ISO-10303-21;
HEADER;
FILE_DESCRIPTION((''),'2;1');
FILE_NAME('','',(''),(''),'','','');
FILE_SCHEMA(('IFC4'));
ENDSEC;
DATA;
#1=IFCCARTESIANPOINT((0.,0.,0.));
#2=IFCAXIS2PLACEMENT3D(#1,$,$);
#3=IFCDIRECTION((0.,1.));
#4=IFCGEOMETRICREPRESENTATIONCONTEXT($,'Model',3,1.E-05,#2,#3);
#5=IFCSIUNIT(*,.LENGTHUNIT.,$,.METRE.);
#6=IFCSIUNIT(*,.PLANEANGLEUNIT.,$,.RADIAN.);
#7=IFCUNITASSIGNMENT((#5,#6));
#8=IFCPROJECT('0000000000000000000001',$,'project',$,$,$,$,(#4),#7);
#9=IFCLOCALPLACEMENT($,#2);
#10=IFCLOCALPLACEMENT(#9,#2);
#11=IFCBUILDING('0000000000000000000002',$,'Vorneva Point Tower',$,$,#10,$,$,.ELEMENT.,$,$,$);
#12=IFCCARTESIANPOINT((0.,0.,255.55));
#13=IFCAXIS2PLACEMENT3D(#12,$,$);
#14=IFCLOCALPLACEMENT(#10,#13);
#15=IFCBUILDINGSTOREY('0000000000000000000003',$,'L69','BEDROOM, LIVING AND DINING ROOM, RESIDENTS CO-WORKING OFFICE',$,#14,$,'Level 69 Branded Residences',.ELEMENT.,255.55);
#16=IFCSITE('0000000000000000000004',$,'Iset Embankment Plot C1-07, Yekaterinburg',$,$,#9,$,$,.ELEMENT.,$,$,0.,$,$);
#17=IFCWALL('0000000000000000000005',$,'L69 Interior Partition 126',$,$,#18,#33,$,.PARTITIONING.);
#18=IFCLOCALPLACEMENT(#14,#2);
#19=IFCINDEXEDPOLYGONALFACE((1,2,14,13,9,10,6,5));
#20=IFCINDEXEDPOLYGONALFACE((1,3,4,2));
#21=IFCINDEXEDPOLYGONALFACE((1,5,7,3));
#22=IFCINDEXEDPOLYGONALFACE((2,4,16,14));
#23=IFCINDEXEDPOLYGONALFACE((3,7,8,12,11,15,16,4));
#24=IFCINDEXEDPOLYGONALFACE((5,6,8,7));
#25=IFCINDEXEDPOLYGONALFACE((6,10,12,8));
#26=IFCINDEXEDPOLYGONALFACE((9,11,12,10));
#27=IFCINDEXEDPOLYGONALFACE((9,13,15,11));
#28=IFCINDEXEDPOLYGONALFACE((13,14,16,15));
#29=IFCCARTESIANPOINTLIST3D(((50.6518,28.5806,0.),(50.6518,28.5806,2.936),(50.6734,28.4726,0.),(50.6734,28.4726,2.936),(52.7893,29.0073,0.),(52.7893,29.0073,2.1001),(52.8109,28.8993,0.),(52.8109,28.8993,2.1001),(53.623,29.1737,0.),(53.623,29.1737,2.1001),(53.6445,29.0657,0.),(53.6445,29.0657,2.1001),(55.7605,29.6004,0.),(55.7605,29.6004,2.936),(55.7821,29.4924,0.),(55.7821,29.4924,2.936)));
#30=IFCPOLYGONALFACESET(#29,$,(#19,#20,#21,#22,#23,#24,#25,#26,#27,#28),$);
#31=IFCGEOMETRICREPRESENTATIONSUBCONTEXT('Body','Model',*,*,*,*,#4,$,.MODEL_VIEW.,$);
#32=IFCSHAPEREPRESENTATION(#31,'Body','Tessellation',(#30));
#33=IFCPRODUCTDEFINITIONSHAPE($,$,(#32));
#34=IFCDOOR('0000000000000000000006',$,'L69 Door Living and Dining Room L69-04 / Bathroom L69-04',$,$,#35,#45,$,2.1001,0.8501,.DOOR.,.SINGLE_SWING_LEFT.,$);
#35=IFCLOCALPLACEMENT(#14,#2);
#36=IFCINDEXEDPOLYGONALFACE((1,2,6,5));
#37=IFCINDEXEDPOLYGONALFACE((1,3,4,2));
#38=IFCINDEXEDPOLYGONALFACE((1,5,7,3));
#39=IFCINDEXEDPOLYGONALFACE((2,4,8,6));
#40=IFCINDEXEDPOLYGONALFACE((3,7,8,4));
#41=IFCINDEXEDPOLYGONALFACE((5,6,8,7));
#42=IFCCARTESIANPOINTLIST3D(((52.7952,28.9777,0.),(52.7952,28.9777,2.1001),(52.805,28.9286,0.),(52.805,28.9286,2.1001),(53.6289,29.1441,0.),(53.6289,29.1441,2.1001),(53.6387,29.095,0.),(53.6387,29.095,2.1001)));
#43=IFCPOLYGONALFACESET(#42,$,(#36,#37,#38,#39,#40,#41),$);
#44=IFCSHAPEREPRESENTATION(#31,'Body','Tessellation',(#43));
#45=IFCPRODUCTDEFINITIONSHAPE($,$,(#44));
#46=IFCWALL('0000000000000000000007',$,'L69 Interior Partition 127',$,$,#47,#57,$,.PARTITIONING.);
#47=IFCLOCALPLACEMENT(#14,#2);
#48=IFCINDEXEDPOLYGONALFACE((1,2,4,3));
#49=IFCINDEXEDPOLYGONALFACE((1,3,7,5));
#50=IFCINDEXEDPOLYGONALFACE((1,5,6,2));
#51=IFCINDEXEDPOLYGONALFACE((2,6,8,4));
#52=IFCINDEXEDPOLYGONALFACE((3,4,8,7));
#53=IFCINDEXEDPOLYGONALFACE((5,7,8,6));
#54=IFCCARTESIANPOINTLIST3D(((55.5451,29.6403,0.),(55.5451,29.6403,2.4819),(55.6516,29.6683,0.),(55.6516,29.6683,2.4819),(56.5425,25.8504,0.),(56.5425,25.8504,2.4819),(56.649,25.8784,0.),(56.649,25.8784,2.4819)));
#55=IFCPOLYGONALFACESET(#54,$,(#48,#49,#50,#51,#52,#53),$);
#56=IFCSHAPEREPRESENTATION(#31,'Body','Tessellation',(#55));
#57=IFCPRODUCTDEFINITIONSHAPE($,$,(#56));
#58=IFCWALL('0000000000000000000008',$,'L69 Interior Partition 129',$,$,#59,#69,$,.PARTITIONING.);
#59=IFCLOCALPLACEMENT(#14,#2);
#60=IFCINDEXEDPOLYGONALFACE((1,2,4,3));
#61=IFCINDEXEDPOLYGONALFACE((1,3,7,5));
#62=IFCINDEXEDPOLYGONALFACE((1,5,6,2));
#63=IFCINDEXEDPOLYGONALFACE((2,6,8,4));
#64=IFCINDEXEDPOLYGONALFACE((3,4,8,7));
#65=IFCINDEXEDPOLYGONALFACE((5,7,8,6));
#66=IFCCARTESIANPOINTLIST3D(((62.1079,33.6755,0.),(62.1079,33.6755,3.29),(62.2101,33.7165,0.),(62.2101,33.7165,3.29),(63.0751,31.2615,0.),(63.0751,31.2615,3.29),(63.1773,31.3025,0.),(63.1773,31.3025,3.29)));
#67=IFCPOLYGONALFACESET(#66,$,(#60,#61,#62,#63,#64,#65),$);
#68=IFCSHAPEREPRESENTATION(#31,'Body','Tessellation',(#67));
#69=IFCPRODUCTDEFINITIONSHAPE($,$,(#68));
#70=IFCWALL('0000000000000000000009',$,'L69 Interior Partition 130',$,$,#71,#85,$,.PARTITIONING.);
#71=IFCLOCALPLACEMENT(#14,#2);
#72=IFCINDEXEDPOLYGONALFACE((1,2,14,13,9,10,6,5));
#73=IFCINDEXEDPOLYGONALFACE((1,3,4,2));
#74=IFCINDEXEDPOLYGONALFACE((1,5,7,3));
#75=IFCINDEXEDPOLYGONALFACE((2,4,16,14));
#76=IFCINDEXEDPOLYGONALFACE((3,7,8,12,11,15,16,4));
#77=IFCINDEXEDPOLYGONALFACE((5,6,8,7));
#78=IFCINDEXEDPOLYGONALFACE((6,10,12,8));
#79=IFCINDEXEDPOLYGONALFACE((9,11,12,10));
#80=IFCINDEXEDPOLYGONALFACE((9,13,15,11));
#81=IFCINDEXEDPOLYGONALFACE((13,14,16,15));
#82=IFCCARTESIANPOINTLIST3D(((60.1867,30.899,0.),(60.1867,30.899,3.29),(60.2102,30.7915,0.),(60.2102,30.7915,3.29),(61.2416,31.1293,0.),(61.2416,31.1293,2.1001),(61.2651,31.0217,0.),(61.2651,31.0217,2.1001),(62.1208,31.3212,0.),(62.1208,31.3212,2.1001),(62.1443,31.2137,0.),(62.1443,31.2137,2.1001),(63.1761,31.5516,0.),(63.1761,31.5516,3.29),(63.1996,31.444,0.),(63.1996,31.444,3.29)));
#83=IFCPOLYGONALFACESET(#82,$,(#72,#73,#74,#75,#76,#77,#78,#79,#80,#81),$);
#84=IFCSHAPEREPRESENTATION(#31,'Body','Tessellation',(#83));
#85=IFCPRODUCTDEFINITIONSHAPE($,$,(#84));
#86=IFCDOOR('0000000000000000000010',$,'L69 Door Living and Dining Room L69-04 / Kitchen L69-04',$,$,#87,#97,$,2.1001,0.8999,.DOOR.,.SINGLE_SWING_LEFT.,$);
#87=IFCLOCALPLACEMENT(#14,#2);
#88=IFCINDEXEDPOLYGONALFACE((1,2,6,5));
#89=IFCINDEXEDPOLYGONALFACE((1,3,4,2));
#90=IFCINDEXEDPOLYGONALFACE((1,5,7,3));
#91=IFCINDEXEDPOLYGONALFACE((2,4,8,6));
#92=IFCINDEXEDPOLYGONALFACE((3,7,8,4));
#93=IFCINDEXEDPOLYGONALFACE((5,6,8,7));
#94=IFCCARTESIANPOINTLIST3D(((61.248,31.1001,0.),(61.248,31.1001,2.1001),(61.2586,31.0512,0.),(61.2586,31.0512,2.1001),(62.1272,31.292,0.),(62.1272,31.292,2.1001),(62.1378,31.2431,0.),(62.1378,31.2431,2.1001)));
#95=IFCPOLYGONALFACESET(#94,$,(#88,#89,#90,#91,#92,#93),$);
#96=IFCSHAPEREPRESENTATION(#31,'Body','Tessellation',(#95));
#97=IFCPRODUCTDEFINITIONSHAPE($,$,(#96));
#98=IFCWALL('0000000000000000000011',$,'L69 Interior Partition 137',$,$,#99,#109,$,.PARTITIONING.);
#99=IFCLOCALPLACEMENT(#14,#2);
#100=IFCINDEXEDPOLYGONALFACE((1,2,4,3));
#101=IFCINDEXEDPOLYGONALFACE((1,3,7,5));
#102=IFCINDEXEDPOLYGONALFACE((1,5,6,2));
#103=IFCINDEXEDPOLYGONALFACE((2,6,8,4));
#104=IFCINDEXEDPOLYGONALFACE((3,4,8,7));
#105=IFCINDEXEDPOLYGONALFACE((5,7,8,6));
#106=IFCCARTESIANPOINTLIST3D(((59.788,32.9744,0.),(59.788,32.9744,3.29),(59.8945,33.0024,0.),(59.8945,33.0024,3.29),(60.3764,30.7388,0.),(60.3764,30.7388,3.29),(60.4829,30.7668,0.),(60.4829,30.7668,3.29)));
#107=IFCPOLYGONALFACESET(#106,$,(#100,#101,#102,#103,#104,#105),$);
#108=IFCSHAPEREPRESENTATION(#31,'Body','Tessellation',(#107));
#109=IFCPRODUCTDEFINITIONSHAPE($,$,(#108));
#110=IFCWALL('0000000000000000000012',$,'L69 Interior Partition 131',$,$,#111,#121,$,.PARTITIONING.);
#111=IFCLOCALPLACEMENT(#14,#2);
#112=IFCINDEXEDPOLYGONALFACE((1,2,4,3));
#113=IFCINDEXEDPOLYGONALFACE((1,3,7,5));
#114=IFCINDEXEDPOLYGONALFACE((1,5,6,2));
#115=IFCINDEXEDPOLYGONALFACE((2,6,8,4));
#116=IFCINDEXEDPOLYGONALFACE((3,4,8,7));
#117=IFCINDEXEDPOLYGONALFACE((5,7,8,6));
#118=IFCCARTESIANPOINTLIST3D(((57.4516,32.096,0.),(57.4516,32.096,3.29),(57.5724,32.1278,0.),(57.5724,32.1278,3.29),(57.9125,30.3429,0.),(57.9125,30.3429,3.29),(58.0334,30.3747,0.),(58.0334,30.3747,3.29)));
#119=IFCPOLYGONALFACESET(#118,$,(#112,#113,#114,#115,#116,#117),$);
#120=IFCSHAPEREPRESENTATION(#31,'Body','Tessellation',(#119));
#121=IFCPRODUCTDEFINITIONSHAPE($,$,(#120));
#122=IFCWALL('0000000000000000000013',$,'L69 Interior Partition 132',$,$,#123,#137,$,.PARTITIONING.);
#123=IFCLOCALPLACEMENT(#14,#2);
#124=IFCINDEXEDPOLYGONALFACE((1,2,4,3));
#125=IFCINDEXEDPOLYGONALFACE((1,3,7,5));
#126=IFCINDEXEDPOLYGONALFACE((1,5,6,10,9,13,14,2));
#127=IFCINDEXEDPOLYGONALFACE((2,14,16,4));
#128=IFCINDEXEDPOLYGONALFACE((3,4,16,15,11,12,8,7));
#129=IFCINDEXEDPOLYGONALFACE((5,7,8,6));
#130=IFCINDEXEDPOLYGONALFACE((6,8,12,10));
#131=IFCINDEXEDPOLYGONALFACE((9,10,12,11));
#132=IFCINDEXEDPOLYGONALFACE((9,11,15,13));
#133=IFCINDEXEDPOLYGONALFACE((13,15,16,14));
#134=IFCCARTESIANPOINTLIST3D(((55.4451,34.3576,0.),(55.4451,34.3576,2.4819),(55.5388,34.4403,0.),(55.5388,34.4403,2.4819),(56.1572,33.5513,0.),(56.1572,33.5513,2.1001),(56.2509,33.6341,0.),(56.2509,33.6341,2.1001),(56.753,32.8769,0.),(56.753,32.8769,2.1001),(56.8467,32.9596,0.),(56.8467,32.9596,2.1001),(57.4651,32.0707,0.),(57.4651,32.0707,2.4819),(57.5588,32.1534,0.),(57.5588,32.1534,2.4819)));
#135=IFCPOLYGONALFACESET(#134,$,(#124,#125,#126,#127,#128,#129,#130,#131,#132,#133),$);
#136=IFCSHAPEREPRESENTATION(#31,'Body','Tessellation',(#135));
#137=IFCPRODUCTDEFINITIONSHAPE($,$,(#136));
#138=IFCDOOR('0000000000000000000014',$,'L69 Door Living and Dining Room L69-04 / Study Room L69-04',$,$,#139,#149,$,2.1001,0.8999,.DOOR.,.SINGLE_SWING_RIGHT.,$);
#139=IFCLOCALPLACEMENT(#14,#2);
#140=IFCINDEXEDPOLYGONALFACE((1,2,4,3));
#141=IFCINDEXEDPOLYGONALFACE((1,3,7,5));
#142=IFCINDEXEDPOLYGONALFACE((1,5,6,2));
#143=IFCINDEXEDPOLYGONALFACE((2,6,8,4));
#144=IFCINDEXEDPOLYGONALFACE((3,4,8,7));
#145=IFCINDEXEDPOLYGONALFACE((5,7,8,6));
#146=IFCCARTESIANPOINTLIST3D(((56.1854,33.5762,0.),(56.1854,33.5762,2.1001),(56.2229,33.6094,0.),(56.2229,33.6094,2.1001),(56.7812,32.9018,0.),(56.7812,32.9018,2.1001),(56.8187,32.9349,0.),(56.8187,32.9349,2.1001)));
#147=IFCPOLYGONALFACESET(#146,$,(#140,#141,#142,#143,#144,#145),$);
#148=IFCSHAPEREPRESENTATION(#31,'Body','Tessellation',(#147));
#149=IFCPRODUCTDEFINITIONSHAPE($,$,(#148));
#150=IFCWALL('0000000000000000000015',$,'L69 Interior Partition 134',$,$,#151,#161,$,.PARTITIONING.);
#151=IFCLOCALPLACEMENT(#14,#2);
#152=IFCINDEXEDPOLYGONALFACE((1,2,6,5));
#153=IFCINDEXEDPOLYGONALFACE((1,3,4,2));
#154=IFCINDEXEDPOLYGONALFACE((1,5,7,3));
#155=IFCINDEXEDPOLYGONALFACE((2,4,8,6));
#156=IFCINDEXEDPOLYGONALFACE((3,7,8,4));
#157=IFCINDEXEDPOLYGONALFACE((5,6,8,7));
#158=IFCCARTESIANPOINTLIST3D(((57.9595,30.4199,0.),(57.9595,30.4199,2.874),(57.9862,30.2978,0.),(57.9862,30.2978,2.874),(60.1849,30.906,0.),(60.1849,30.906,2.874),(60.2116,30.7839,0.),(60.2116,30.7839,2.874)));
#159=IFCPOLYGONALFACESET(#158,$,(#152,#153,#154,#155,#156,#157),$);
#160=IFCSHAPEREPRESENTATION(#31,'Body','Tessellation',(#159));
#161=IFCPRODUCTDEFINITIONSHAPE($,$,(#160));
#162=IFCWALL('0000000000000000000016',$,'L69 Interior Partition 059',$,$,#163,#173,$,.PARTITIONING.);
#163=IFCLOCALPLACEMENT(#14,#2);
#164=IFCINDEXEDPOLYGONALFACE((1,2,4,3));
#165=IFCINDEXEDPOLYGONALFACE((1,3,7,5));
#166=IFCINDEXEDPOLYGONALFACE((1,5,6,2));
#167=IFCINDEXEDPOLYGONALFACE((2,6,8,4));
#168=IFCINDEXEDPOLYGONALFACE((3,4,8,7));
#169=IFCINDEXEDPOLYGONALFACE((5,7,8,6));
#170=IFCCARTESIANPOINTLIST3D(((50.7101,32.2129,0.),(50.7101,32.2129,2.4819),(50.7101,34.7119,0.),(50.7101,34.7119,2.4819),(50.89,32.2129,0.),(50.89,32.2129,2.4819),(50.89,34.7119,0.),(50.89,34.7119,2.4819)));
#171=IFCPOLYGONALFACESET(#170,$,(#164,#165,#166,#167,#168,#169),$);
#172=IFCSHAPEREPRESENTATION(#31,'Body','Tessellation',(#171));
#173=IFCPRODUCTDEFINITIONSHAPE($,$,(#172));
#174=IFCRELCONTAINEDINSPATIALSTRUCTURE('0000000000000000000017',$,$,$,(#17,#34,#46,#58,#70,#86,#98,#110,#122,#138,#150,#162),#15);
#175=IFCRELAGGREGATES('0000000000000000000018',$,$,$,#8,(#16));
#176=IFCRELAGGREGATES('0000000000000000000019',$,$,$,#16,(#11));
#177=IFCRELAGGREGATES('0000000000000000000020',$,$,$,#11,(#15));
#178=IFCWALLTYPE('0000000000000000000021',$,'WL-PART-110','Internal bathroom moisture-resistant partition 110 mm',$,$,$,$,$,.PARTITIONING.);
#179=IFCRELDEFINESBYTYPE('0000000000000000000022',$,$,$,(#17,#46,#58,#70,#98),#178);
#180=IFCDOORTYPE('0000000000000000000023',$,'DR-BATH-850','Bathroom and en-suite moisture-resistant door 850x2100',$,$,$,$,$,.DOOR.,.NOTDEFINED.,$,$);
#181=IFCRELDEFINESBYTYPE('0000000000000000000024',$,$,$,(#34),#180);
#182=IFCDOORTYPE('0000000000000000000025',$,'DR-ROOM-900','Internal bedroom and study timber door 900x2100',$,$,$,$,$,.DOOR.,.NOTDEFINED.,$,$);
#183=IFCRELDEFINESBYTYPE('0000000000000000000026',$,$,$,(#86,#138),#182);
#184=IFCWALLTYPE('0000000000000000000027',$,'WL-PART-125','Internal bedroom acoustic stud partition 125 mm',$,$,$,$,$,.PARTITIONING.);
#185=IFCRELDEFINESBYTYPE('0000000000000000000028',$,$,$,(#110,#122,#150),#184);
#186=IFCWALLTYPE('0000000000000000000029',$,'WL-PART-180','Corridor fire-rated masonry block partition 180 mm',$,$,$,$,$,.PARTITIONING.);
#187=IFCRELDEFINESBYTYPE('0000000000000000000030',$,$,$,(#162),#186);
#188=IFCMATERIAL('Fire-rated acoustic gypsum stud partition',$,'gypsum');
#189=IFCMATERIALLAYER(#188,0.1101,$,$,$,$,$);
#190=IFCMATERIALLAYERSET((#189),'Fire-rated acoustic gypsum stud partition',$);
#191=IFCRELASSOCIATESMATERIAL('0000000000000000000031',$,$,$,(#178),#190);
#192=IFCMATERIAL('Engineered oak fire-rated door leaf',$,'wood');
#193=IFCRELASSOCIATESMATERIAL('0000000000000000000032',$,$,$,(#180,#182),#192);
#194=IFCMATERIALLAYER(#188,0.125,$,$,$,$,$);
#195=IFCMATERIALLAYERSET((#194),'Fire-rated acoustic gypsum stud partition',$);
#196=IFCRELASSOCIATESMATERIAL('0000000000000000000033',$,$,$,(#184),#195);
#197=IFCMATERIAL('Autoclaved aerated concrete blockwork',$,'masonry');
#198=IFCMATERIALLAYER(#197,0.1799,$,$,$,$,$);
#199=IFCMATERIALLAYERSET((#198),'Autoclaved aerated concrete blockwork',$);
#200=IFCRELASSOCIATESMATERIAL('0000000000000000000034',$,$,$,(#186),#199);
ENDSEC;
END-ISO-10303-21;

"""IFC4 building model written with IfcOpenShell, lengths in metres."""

from ifc_helpers import new_model, si_unit, direction, frame, frame_2d, origin, place, context, subcontext, project, spatial, rectangle, extrude, material, layer, layer_set, type_object, element, fill, save


model = new_model("IFC4")

# Units and contexts
model_context = context("Model", 3, precision=1e-05, world=origin(), true_north=direction((0.0, 1.0)))
body_context = subcontext(model_context, "Body", "Model", "MODEL_VIEW")
ifc_project = project(units=[si_unit("LENGTHUNIT", "METRE"), si_unit("PLANEANGLEUNIT", "RADIAN")], contexts=[model_context])

# Site, building, storey
site_placement = place(None, origin())
site = spatial("IfcSite", under=ifc_project, at=site_placement, Name="Iset Embankment Plot C1-07, Yekaterinburg", CompositionType="ELEMENT", RefElevation=0.0)
building_placement = place(site_placement, origin())
building = spatial("IfcBuilding", under=site, at=building_placement, Name="Vorneva Point Tower", CompositionType="ELEMENT")
storey_placement = place(building_placement, frame((0.0, 0.0, 255.55)))
storey = spatial("IfcBuildingStorey", under=building, at=storey_placement, Name="L69", Description="BEDROOM, LIVING AND DINING ROOM, RESIDENTS CO-WORKING OFFICE", LongName="Level 69 Branded Residences", CompositionType="ELEMENT", Elevation=255.55)

# Wall, opening, door
ifc_material_1 = material(Name="Fire-rated acoustic gypsum stud partition", Category="gypsum")
ifc_layer_1 = layer(ifc_material_1, 0.1101)
ifc_layer_set_1 = layer_set([ifc_layer_1], Name="Fire-rated acoustic gypsum stud partition")
wall_type_1 = type_object("IfcWallType", Name="WL-PART-110", Description="Internal bathroom moisture-resistant partition 110 mm", PredefinedType="PARTITIONING", material=ifc_layer_set_1)
wall_1_placement = place(storey_placement, frame((50.6626, 28.5266, 0.0), z_axis=(0.0, 0.0, 1.0), x_axis=(0.980653, 0.195756, 0.0)))
wall_1 = element("IfcWall", 1, at=wall_1_placement, inside=storey, type_object=wall_type_1, Name="L69 Interior Partition 126", PredefinedType="PARTITIONING", context=body_context, shape_type="SweptSolid", body=[
    extrude(rectangle(XDim=5.2095, YDim=0.1101, at=frame_2d((2.6047, 0.0))), origin(), (0.0, 0.0, 1.0), 2.936),
])
opening_1_placement = place(wall_1_placement, frame((2.1797, 0.0, 0.0)))
opening_1 = element("IfcOpeningElement", 2, at=opening_1_placement, cuts=wall_1, PredefinedType="OPENING", context=body_context, shape_type="SweptSolid", body=[
    extrude(rectangle(XDim=0.8501, YDim=2.1001, at=frame_2d((0.425, 1.05))), frame((0.0, 0.0698, 0.0), z_axis=(0.0, -1.0, 0.0), x_axis=(1.0, 0.0, 0.0)), (0.0, 0.0, 1.0), 0.1399),
])
ifc_material_2 = material(Name="Engineered oak fire-rated door leaf", Category="wood")
door_type_1 = type_object("IfcDoorType", Name="DR-BATH-850", Description="Bathroom and en-suite moisture-resistant door 850x2100", OperationType="NOTDEFINED", PredefinedType="DOOR", material=ifc_material_2)
door_1_placement = place(opening_1_placement, origin())
door_1 = element("IfcDoor", 3, at=door_1_placement, inside=storey, type_object=door_type_1, Name="L69 Door Living and Dining Room L69-04 / Bathroom L69-04", OperationType="SINGLE_SWING_LEFT", OverallHeight=2.1001, OverallWidth=0.8501, PredefinedType="DOOR", context=body_context, shape_type="SweptSolid", body=[
    extrude(rectangle(XDim=0.8501, YDim=2.1001, at=frame_2d((0.425, 1.05))), frame((0.0, 0.0249, 0.0), z_axis=(0.0, -1.0, 0.0), x_axis=(1.0, 0.0, 0.0)), (0.0, 0.0, 1.0), 0.05),
])
fill(opening_1, door_1)

# Walls
wall_2_placement = place(storey_placement, frame((55.5984, 29.6543, 0.0), z_axis=(0.0, 0.0, 1.0), x_axis=(0.254493, -0.967075, 0.0)))
element("IfcWall", 4, at=wall_2_placement, inside=storey, type_object=wall_type_1, Name="L69 Interior Partition 127", PredefinedType="PARTITIONING", context=body_context, shape_type="SweptSolid", body=[
    extrude(rectangle(XDim=3.9189, YDim=0.1101, at=frame_2d((1.9595, 0.0))), origin(), (0.0, 0.0, 1.0), 2.4819),
])
wall_3_placement = place(storey_placement, frame((63.1262, 31.282, 0.0), z_axis=(0.0, 0.0, 1.0), x_axis=(-0.371941, 0.928256, 0.0)))
element("IfcWall", 5, at=wall_3_placement, inside=storey, type_object=wall_type_1, Name="L69 Interior Partition 129", PredefinedType="PARTITIONING", context=body_context, shape_type="SweptSolid", body=[
    extrude(rectangle(XDim=2.6006, YDim=0.1101, at=frame_2d((1.3003, 0.0))), origin(), (0.0, 0.0, 1.0), 3.29),
])

# Wall, opening, door
wall_4_placement = place(storey_placement, frame((63.1877, 31.4978, 0.0), z_axis=(0.0, 0.0, 1.0), x_axis=(-0.976993, -0.213271, 0.0)))
wall_4 = element("IfcWall", 6, at=wall_4_placement, inside=storey, type_object=wall_type_1, Name="L69 Interior Partition 130", PredefinedType="PARTITIONING", context=body_context, shape_type="SweptSolid", body=[
    extrude(rectangle(XDim=3.0598, YDim=0.1101, at=frame_2d((1.5298, 0.0))), origin(), (0.0, 0.0, 1.0), 3.29),
])
opening_2_placement = place(wall_4_placement, frame((1.0801, 0.0, 0.0)))
opening_2 = element("IfcOpeningElement", 7, at=opening_2_placement, cuts=wall_4, PredefinedType="OPENING", context=body_context, shape_type="SweptSolid", body=[
    extrude(rectangle(XDim=0.8999, YDim=2.1001, at=frame_2d((0.45, 1.05))), frame((0.0, 0.0698, 0.0), z_axis=(0.0, -1.0, 0.0), x_axis=(1.0, 0.0, 0.0)), (0.0, 0.0, 1.0), 0.1399),
])
door_type_2 = type_object("IfcDoorType", Name="DR-ROOM-900", Description="Internal bedroom and study timber door 900x2100", OperationType="NOTDEFINED", PredefinedType="DOOR", material=ifc_material_2)
door_2_placement = place(opening_2_placement, origin())
door_2 = element("IfcDoor", 8, at=door_2_placement, inside=storey, type_object=door_type_2, Name="L69 Door Living and Dining Room L69-04 / Kitchen L69-04", OperationType="SINGLE_SWING_LEFT", OverallHeight=2.1001, OverallWidth=0.8999, PredefinedType="DOOR", context=body_context, shape_type="SweptSolid", body=[
    extrude(rectangle(XDim=0.8999, YDim=2.1001, at=frame_2d((0.45, 1.05))), frame((0.0, 0.0249, 0.0), z_axis=(0.0, -1.0, 0.0), x_axis=(1.0, 0.0, 0.0)), (0.0, 0.0, 1.0), 0.05),
])
fill(opening_2, door_2)

# Walls
wall_5_placement = place(storey_placement, frame((59.8413, 32.9883, 0.0), z_axis=(0.0, 0.0, 1.0), x_axis=(0.254519, -0.967068, 0.0)))
element("IfcWall", 9, at=wall_5_placement, inside=storey, type_object=wall_type_1, Name="L69 Interior Partition 137", PredefinedType="PARTITIONING", context=body_context, shape_type="SweptSolid", body=[
    extrude(rectangle(XDim=2.3118, YDim=0.1101, at=frame_2d((1.1558, 0.0))), origin(), (0.0, 0.0, 1.0), 3.29),
])
ifc_layer_2 = layer(ifc_material_1, 0.125)
ifc_layer_set_2 = layer_set([ifc_layer_2], Name="Fire-rated acoustic gypsum stud partition")
wall_type_2 = type_object("IfcWallType", Name="WL-PART-125", Description="Internal bedroom acoustic stud partition 125 mm", PredefinedType="PARTITIONING", material=ifc_layer_set_2)
wall_6_placement = place(storey_placement, frame((57.9729, 30.3589, 0.0), z_axis=(0.0, 0.0, 1.0), x_axis=(-0.254275, 0.967132, 0.0)))
element("IfcWall", 10, at=wall_6_placement, inside=storey, type_object=wall_type_2, Name="L69 Interior Partition 131", PredefinedType="PARTITIONING", context=body_context, shape_type="SweptSolid", body=[
    extrude(rectangle(XDim=1.8127, YDim=0.125, at=frame_2d((0.9062, 0.0))), origin(), (0.0, 0.0, 1.0), 3.29),
])

# Wall, opening, door
wall_7_placement = place(storey_placement, frame((57.512, 32.1121, 0.0), z_axis=(0.0, 0.0, 1.0), x_axis=(-0.662026, 0.74948, 0.0)))
wall_7 = element("IfcWall", 11, at=wall_7_placement, inside=storey, type_object=wall_type_2, Name="L69 Interior Partition 132", PredefinedType="PARTITIONING", context=body_context, shape_type="SweptSolid", body=[
    extrude(rectangle(XDim=3.0513, YDim=0.125, at=frame_2d((1.5256, 0.0))), origin(), (0.0, 0.0, 1.0), 2.4819),
])
opening_3_placement = place(wall_7_placement, frame((1.0757, 0.0, 0.0)))
opening_3 = element("IfcOpeningElement", 12, at=opening_3_placement, cuts=wall_7, PredefinedType="OPENING", context=body_context, shape_type="SweptSolid", body=[
    extrude(rectangle(XDim=0.8999, YDim=2.1001, at=frame_2d((0.45, 1.05))), frame((0.0, 0.0774, 0.0), z_axis=(0.0, -1.0, 0.0), x_axis=(1.0, 0.0, 0.0)), (0.0, 0.0, 1.0), 0.1548),
])
door_3_placement = place(opening_3_placement, origin())
door_3 = element("IfcDoor", 13, at=door_3_placement, inside=storey, type_object=door_type_2, Name="L69 Door Living and Dining Room L69-04 / Study Room L69-04", OperationType="SINGLE_SWING_RIGHT", OverallHeight=2.1001, OverallWidth=0.8999, PredefinedType="DOOR", context=body_context, shape_type="SweptSolid", body=[
    extrude(rectangle(XDim=0.8999, YDim=2.1001, at=frame_2d((0.45, 1.05))), frame((0.0, 0.0249, 0.0), z_axis=(0.0, -1.0, 0.0), x_axis=(1.0, 0.0, 0.0)), (0.0, 0.0, 1.0), 0.05),
])
fill(opening_3, door_3)

# Wall
wall_8_placement = place(storey_placement, frame((60.1982, 30.845, 0.0), z_axis=(0.0, 0.0, 1.0), x_axis=(-0.976965, -0.2134, 0.0)))
element("IfcWall", 14, at=wall_8_placement, inside=storey, type_object=wall_type_2, Name="L69 Interior Partition 134", PredefinedType="PARTITIONING", context=body_context, shape_type="SweptSolid", body=[
    extrude(rectangle(XDim=2.2778, YDim=0.125, at=frame_2d((1.1389, 0.0))), origin(), (0.0, 0.0, 1.0), 2.874),
])

# Shared definitions
ifc_material_3 = material(Name="Autoclaved aerated concrete blockwork", Category="masonry")
ifc_layer_3 = layer(ifc_material_3, 0.1799)
ifc_layer_set_3 = layer_set([ifc_layer_3], Name="Autoclaved aerated concrete blockwork")
wall_type_3 = type_object("IfcWallType", Name="WL-PART-180", Description="Corridor fire-rated masonry block partition 180 mm", PredefinedType="PARTITIONING", material=ifc_layer_set_3)

# Wall
wall_9_placement = place(storey_placement, frame((50.8, 32.2129, 0.0), z_axis=(0.0, 0.0, 1.0), x_axis=(0.0, 1.0, 0.0)))
element("IfcWall", 15, at=wall_9_placement, inside=storey, type_object=wall_type_3, Name="L69 Interior Partition 059", PredefinedType="PARTITIONING", context=body_context, shape_type="SweptSolid", body=[
    extrude(rectangle(XDim=2.499, YDim=0.1799, at=frame_2d((1.2495, 0.0))), origin(), (0.0, 0.0, 1.0), 2.4819),
])

save(model, "model.ifc")
